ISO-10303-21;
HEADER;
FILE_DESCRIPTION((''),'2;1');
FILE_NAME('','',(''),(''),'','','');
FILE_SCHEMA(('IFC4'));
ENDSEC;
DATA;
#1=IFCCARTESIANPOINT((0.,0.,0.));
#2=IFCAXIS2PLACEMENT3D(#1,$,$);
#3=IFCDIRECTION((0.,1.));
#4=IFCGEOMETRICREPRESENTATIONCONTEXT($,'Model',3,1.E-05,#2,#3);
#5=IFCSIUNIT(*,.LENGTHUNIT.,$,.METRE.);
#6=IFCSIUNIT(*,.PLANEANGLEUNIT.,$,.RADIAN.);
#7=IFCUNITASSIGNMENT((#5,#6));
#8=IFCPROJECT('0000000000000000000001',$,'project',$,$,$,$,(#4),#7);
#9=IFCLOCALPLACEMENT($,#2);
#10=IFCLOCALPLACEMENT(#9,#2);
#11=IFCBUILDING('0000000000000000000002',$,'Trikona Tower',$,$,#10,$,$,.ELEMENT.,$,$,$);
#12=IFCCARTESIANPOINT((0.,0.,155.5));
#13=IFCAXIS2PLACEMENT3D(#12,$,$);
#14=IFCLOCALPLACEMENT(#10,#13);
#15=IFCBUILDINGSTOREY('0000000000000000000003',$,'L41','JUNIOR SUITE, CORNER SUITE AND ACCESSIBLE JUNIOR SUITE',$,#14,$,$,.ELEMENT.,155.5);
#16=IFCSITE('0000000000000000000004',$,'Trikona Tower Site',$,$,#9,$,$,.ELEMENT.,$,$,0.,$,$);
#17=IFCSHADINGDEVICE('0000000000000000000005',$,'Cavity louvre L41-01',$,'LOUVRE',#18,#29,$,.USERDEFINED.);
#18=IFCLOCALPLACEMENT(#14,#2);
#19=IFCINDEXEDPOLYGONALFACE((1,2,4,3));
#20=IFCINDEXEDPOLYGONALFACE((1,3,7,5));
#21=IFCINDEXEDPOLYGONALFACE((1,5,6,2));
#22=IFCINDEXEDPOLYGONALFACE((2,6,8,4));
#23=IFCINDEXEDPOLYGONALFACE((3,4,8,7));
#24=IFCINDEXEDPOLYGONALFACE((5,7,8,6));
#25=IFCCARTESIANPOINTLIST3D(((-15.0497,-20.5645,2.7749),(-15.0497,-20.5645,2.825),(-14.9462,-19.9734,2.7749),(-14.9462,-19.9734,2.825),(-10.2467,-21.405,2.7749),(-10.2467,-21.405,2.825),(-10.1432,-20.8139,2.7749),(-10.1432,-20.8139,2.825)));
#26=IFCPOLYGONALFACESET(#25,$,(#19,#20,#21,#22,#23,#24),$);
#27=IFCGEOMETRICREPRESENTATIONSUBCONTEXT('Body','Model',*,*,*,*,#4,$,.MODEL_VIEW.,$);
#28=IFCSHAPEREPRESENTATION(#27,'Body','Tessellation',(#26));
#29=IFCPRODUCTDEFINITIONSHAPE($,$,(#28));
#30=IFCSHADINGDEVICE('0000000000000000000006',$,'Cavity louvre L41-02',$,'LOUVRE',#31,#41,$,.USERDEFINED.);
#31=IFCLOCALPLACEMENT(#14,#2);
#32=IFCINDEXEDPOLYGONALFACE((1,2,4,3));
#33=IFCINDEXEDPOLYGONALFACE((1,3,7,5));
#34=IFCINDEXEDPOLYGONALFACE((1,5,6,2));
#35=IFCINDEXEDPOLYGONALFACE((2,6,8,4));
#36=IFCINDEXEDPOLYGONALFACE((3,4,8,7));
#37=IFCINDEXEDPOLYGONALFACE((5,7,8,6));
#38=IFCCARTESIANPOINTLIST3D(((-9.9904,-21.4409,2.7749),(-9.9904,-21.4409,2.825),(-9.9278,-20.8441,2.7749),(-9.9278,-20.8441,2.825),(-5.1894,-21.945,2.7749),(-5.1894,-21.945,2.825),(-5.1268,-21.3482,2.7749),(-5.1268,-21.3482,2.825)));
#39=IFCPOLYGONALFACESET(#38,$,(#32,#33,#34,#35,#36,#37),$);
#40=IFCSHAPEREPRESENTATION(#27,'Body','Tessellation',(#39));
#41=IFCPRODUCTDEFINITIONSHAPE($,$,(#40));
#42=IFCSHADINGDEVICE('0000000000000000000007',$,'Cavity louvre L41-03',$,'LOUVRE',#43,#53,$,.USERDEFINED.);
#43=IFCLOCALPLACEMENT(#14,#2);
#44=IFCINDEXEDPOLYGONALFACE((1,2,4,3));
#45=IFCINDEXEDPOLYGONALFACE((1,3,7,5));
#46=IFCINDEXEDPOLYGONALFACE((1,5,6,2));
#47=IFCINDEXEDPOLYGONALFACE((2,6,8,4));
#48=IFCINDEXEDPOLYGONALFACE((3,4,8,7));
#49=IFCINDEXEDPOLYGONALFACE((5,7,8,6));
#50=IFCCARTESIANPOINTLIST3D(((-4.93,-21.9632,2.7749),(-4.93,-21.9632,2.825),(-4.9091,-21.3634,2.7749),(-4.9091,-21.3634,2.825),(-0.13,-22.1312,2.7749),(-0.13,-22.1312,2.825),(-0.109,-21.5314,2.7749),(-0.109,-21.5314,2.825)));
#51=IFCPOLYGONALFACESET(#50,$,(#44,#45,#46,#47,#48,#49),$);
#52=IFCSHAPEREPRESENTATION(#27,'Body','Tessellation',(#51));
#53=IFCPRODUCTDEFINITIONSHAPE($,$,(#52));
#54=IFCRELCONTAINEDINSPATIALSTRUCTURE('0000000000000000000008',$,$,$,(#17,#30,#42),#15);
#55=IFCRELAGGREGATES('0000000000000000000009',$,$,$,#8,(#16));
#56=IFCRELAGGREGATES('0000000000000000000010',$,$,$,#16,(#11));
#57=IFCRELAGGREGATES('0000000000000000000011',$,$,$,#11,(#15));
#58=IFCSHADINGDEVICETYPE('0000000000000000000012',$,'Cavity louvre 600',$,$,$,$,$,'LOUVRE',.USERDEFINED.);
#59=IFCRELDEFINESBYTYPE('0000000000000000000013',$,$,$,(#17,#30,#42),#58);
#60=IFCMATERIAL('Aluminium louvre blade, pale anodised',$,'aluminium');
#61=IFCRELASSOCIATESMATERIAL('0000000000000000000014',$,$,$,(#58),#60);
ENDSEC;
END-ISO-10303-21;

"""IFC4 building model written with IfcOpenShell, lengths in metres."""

from ifc_helpers import new_model, si_unit, direction, frame, origin, origin_2d, place, context, subcontext, project, spatial, rectangle, extrude, material, type_object, element, save


model = new_model("IFC4")

# Units and contexts
model_context = context("Model", 3, precision=1e-05, world=origin(), true_north=direction((0.0, 1.0)))
body_context = subcontext(model_context, "Body", "Model", "MODEL_VIEW")
ifc_project = project(units=[si_unit("LENGTHUNIT", "METRE"), si_unit("PLANEANGLEUNIT", "RADIAN")], contexts=[model_context])

# Site, building, storey
site_placement = place(None, origin())
site = spatial("IfcSite", under=ifc_project, at=site_placement, Name="Trikona Tower Site", CompositionType="ELEMENT", RefElevation=0.0)
building_placement = place(site_placement, origin())
building = spatial("IfcBuilding", under=site, at=building_placement, Name="Trikona Tower", CompositionType="ELEMENT")
storey_placement = place(building_placement, frame((0.0, 0.0, 155.5)))
storey = spatial("IfcBuildingStorey", under=building, at=storey_placement, Name="L41", Description="JUNIOR SUITE, CORNER SUITE AND ACCESSIBLE JUNIOR SUITE", CompositionType="ELEMENT", Elevation=155.5)

# Shading devices
ifc_material_1 = material(Name="Aluminium louvre blade, pale anodised", Category="aluminium")
shading_device_type = type_object("IfcShadingDeviceType", Name="Cavity louvre 600", ElementType="LOUVRE", PredefinedType="USERDEFINED", material=ifc_material_1)
shading_device_1_placement = place(storey_placement, frame((-12.5964, -20.6892, 2.7749), z_axis=(0.0, 0.0, 1.0), x_axis=(0.985031, -0.17238, 0.0)))
element("IfcShadingDevice", 1, at=shading_device_1_placement, inside=storey, type_object=shading_device_type, Name="Cavity louvre L41-01", ObjectType="LOUVRE", PredefinedType="USERDEFINED", context=body_context, shape_type="SweptSolid", body=[
    extrude(rectangle(XDim=4.876, YDim=0.6001, at=origin_2d()), origin(), (0.0, 0.0, 1.0), 0.05),
])
shading_device_2_placement = place(storey_placement, frame((-7.5586, -21.3945, 2.7749), z_axis=(0.0, 0.0, 1.0), x_axis=(0.994533, -0.104426, 0.0)))
element("IfcShadingDevice", 2, at=shading_device_2_placement, inside=storey, type_object=shading_device_type, Name="Cavity louvre L41-02", ObjectType="LOUVRE", PredefinedType="USERDEFINED", context=body_context, shape_type="SweptSolid", body=[
    extrude(rectangle(XDim=4.8274, YDim=0.6001, at=origin_2d()), origin(), (0.0, 0.0, 1.0), 0.05),
])
shading_device_3_placement = place(storey_placement, frame((-2.5195, -21.7473, 2.7749), z_axis=(0.0, 0.0, 1.0), x_axis=(0.999388, -0.034978, 0.0)))
element("IfcShadingDevice", 3, at=shading_device_3_placement, inside=storey, type_object=shading_device_type, Name="Cavity louvre L41-03", ObjectType="LOUVRE", PredefinedType="USERDEFINED", context=body_context, shape_type="SweptSolid", body=[
    extrude(rectangle(XDim=4.803, YDim=0.6001, at=origin_2d()), origin(), (0.0, 0.0, 1.0), 0.05),
])

save(model, "model.ifc")
